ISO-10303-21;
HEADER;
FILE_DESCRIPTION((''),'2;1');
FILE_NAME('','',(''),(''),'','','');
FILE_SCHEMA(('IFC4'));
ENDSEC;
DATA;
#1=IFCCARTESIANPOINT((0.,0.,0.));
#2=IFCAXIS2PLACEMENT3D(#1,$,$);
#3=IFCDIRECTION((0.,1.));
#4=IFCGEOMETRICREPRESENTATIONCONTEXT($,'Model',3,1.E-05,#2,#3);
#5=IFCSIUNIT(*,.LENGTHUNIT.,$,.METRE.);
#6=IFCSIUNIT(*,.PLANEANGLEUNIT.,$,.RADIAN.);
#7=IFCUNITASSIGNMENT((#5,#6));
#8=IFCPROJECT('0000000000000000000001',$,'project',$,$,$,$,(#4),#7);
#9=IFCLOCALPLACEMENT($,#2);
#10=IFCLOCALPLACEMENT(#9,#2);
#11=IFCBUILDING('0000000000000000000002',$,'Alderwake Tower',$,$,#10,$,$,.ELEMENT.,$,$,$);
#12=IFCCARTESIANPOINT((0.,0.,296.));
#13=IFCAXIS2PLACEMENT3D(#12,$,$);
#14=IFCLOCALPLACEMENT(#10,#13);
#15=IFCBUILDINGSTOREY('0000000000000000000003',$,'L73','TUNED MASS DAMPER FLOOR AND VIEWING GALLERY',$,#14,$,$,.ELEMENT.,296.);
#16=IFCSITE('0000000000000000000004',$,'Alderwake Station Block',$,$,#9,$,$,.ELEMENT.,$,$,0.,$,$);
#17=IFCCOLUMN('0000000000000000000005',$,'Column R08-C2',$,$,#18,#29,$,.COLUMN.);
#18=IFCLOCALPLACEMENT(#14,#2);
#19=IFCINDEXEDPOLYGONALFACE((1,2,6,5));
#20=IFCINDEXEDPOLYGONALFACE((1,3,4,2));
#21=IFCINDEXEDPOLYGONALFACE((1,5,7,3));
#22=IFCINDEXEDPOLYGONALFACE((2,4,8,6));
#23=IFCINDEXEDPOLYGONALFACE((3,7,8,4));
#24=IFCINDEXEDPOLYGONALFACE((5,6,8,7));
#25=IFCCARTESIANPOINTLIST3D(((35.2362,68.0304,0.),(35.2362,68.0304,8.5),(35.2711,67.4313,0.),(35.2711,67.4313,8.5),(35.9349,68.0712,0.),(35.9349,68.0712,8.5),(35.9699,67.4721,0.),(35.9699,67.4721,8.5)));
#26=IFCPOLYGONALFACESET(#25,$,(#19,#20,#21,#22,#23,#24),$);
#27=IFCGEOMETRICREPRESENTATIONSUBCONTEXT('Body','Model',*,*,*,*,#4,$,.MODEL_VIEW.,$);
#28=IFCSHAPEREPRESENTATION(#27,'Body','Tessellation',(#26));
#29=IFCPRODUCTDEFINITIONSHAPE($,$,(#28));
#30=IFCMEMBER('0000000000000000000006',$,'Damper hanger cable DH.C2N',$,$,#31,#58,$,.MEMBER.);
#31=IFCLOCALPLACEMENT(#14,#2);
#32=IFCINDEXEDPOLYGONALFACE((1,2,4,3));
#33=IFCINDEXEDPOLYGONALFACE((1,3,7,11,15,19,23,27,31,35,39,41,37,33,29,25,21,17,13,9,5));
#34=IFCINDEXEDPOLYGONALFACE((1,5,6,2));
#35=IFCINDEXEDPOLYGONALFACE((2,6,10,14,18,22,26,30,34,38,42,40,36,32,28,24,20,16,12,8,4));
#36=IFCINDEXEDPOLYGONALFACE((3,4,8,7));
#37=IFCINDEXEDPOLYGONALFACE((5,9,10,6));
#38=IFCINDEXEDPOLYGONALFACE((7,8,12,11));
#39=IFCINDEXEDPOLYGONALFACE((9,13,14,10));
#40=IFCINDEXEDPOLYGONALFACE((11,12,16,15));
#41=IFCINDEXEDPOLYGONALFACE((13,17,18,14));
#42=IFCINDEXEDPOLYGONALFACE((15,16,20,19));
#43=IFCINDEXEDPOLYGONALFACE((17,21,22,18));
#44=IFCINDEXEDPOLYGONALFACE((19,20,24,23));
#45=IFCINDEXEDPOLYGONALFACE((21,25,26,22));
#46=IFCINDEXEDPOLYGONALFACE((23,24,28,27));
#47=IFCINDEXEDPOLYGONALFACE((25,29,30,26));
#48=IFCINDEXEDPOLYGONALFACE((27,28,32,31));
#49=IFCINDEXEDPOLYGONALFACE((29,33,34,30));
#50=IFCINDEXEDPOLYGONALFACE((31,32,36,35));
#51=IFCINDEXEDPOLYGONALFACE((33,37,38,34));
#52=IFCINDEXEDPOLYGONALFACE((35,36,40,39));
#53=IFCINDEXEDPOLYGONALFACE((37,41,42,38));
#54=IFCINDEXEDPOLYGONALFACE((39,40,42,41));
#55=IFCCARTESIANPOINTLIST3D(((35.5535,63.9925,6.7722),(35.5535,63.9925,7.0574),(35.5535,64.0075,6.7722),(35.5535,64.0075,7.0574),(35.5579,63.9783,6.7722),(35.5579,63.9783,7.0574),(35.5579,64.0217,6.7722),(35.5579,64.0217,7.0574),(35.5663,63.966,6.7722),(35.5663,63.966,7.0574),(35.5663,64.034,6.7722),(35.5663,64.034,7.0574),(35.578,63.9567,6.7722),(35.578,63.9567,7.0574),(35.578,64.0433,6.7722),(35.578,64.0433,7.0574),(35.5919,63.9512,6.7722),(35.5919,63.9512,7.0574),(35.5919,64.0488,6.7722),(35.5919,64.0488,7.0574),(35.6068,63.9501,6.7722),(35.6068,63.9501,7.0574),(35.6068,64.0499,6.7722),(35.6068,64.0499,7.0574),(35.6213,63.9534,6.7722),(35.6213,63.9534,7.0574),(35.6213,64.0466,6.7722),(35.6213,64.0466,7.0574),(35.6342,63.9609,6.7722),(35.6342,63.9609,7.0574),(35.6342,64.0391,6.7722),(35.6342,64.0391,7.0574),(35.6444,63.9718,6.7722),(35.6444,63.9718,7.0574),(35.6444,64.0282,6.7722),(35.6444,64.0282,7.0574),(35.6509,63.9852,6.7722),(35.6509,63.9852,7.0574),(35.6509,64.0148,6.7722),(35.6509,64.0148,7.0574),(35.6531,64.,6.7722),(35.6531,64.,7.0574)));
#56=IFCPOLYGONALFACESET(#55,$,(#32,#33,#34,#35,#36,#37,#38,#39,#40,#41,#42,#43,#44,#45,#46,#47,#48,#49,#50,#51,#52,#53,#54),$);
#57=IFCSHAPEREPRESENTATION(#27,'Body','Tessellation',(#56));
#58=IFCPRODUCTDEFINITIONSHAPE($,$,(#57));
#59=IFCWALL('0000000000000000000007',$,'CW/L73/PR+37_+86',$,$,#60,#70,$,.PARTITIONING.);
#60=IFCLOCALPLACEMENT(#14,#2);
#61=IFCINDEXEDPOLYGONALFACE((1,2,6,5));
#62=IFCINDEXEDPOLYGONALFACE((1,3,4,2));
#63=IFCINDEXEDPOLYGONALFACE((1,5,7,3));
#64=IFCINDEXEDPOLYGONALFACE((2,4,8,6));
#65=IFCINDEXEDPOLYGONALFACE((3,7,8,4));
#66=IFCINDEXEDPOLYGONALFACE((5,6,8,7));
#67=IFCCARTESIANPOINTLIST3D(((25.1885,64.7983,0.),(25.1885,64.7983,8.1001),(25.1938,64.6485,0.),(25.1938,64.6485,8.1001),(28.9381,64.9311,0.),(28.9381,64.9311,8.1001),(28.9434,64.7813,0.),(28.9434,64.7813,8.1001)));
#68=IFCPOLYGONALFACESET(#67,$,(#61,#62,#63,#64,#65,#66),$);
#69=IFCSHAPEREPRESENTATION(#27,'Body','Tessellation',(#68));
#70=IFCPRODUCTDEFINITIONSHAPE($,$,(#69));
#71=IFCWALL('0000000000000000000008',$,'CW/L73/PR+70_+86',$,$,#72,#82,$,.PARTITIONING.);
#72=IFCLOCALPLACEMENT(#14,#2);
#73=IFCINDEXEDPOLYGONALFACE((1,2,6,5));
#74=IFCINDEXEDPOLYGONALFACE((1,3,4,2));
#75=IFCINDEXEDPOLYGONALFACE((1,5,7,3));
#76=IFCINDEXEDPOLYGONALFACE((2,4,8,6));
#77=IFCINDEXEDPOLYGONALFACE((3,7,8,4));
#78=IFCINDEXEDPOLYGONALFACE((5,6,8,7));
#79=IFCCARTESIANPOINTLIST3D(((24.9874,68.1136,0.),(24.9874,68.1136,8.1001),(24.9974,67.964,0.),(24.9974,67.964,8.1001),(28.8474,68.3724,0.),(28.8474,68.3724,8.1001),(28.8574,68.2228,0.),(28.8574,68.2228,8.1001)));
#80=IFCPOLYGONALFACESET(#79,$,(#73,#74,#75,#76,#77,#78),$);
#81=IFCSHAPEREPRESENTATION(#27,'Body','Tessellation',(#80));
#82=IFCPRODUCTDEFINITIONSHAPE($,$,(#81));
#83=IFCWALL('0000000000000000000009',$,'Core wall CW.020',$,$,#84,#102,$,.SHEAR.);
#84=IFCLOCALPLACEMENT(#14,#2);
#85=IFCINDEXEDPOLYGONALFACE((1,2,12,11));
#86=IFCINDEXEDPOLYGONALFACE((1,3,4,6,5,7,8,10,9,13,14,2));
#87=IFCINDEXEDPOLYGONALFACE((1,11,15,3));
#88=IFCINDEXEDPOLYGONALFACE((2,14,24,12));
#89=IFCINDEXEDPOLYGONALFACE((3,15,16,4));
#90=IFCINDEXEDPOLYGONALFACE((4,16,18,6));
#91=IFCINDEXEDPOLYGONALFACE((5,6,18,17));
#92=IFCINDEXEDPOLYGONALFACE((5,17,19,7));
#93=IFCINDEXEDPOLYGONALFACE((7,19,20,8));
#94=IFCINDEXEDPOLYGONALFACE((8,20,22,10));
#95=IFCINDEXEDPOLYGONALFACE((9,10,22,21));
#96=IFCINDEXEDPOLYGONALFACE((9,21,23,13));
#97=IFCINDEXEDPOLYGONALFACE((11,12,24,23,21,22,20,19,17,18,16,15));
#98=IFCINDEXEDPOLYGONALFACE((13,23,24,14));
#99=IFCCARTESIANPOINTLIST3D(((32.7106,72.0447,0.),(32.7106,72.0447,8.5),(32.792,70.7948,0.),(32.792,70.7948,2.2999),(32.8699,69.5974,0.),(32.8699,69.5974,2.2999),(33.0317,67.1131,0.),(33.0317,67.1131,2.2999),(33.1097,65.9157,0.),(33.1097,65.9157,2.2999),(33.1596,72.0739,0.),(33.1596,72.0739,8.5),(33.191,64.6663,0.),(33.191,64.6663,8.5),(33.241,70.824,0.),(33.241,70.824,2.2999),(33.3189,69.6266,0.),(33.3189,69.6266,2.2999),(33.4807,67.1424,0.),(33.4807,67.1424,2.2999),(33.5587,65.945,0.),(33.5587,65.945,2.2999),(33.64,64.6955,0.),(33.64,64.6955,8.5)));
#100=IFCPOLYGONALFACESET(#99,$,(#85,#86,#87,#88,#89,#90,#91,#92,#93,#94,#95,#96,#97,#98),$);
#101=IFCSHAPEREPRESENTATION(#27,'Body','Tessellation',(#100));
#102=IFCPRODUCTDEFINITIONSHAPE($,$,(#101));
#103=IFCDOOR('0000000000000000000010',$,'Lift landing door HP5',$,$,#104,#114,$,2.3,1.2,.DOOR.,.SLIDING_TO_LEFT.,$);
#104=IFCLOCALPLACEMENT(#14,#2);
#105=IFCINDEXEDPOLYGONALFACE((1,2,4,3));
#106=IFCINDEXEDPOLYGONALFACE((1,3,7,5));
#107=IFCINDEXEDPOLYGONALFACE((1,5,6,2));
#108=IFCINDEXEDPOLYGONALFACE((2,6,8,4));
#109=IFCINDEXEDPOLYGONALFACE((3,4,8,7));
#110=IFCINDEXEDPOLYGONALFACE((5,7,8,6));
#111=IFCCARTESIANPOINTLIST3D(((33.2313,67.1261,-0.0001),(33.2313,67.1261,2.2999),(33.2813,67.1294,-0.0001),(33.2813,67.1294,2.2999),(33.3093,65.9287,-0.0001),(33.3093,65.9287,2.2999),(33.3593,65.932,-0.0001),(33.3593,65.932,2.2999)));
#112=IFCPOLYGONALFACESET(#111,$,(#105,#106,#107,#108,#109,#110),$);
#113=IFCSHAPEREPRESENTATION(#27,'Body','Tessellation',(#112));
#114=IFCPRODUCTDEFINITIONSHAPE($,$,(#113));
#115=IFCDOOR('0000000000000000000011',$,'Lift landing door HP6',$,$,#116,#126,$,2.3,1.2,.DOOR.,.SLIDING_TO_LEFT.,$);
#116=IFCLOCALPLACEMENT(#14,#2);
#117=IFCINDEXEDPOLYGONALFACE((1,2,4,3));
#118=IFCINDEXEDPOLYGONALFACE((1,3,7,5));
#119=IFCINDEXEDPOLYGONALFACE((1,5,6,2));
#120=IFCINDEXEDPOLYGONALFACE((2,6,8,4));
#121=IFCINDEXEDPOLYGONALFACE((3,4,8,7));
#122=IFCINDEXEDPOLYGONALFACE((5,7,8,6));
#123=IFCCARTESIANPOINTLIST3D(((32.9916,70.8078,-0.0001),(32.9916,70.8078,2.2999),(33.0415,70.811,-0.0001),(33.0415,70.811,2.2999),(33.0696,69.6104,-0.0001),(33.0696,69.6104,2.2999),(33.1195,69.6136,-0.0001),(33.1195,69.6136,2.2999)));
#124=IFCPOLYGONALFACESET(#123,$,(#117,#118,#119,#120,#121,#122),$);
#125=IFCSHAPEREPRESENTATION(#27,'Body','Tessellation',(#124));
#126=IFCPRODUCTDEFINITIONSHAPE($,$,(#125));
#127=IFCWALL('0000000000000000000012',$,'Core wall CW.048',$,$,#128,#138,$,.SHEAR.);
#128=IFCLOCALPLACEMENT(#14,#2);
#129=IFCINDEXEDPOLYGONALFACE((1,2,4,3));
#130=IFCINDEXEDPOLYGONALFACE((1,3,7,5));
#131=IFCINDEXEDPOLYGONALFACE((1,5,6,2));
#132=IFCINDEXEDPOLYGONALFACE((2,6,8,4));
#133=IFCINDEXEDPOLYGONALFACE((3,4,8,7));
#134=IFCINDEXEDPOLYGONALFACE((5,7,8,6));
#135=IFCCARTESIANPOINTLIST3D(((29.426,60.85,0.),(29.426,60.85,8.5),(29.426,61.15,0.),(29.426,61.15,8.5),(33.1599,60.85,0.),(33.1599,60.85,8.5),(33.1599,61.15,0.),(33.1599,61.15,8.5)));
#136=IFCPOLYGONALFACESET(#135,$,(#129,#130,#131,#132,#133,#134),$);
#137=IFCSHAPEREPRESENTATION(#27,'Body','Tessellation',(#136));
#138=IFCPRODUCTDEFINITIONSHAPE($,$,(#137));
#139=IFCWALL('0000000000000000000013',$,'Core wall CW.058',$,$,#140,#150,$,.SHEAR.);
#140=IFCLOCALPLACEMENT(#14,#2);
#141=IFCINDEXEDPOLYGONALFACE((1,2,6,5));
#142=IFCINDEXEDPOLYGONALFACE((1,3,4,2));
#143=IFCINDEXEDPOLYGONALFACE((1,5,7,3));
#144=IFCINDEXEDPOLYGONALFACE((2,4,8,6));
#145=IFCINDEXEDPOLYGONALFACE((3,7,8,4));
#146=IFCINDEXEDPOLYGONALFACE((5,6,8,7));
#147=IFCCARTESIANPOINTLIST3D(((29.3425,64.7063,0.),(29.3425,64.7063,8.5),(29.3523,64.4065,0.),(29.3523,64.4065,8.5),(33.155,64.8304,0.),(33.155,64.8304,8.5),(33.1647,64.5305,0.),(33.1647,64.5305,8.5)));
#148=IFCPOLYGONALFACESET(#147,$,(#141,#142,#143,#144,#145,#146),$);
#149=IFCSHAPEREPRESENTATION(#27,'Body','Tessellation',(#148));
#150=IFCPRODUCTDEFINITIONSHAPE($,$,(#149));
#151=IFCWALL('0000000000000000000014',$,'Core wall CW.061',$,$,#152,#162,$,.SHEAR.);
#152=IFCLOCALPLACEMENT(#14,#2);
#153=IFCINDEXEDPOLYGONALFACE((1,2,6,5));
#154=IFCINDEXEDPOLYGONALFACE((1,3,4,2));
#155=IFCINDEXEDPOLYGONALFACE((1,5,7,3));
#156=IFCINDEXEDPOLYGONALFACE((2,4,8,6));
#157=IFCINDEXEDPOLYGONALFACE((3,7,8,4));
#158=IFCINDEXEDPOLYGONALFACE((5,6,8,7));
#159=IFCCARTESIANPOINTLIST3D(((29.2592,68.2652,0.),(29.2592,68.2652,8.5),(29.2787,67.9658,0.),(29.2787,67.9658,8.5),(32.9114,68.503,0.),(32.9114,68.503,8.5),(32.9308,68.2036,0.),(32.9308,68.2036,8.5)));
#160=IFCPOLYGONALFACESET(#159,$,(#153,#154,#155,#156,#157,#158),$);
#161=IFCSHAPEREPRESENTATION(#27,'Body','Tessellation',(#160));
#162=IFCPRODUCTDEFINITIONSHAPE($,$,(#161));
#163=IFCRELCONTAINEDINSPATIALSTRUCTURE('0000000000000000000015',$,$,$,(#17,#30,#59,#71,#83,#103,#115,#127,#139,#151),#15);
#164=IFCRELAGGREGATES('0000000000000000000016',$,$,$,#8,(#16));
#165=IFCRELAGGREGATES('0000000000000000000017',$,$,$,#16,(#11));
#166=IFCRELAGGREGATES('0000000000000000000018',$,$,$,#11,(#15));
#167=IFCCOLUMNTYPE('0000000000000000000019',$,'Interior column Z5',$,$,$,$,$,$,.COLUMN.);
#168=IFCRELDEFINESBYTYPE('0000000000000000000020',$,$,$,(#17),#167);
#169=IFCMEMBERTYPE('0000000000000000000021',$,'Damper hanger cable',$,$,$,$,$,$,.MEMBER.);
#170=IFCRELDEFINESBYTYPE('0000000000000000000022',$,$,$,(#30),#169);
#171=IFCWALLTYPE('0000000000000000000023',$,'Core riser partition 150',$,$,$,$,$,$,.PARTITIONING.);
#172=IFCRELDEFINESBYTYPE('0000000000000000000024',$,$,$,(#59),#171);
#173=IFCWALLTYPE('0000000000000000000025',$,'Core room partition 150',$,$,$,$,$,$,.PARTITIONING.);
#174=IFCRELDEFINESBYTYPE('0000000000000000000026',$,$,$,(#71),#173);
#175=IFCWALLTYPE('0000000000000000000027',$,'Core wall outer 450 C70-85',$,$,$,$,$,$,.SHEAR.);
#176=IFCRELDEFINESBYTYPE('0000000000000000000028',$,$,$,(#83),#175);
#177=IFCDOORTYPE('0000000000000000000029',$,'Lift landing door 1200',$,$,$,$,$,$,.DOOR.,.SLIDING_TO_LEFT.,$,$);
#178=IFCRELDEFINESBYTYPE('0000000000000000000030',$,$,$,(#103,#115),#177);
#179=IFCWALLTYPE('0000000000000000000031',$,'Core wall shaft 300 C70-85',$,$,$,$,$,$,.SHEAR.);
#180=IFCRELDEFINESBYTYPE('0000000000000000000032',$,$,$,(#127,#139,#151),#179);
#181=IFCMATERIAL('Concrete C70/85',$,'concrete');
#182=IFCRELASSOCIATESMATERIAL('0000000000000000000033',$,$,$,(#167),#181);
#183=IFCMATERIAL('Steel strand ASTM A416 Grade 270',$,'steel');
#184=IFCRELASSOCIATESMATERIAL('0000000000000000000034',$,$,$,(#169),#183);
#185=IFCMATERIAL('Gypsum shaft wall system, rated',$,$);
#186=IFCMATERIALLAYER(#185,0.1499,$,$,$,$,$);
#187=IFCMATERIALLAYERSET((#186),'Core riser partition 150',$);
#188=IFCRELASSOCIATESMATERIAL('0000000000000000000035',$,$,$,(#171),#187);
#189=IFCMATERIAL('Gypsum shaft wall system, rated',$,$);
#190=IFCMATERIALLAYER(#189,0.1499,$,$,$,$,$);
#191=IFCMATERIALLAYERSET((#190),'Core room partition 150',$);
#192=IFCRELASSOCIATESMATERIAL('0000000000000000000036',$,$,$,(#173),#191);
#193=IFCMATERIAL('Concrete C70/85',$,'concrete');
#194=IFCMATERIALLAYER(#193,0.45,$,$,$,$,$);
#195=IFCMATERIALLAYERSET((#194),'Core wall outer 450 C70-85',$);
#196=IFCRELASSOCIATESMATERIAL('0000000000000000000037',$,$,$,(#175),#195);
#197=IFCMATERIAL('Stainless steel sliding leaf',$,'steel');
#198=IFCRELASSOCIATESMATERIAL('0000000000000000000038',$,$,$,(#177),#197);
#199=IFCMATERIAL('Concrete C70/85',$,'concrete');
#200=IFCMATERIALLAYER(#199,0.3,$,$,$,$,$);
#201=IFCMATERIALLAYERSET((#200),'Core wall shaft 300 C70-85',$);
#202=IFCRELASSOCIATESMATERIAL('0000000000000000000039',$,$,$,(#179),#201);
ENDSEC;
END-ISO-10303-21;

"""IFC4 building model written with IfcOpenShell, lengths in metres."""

from ifc_helpers import new_model, si_unit, direction, frame, frame_2d, origin, origin_2d, place, context, subcontext, project, spatial, rectangle, circle, extrude, material, layer, layer_set, material_profile, profile_set, type_object, element, fill, save


model = new_model("IFC4")

# Units and contexts
model_context = context("Model", 3, precision=1e-05, world=origin(), true_north=direction((0.0, 1.0)))
body_context = subcontext(model_context, "Body", "Model", "MODEL_VIEW")
ifc_project = project(units=[si_unit("LENGTHUNIT", "METRE"), si_unit("PLANEANGLEUNIT", "RADIAN")], contexts=[model_context])

# Site, building, storey
site_placement = place(None, origin())
site = spatial("IfcSite", under=ifc_project, at=site_placement, Name="Alderwake Station Block", CompositionType="ELEMENT", RefElevation=0.0)
building_placement = place(site_placement, origin())
building = spatial("IfcBuilding", under=site, at=building_placement, Name="Alderwake Tower", CompositionType="ELEMENT")
storey_placement = place(building_placement, frame((0.0, 0.0, 296.0)))
storey = spatial("IfcBuildingStorey", under=building, at=storey_placement, Name="L73", Description="TUNED MASS DAMPER FLOOR AND VIEWING GALLERY", CompositionType="ELEMENT", Elevation=296.0)

# Column
ifc_material_1 = material(Name="Concrete C70/85", Category="concrete")
ifc_material_profile_1 = material_profile(ifc_material_1, rectangle(XDim=0.6001, YDim=0.7, at=origin_2d()), Name="RC 700X600")
ifc_profile_set_1 = profile_set([ifc_material_profile_1], Name="Concrete C70/85")
column_type = type_object("IfcColumnType", Name="Interior column Z5", PredefinedType="COLUMN", material=ifc_profile_set_1)
column_placement = place(storey_placement, frame((35.603, 67.7512, 0.0), z_axis=(0.0, 0.0, 1.0), x_axis=(-0.058301, 0.998299, 0.0)))
element("IfcColumn", 1, at=column_placement, inside=storey, type_object=column_type, Name="Column R08-C2", PredefinedType="COLUMN", context=body_context, shape_type="SweptSolid", body=[
    extrude(rectangle(XDim=0.6001, YDim=0.7, at=origin_2d()), origin(), (0.0, 0.0, 1.0), 8.5),
])

# Member
ifc_material_2 = material(Name="Steel strand ASTM A416 Grade 270", Category="steel")
ifc_material_profile_2 = material_profile(ifc_material_2, circle(Radius=0.05, at=origin_2d()), Name="ROPE 100")
ifc_profile_set_2 = profile_set([ifc_material_profile_2], Name="Steel strand ASTM A416 Grade 270")
member_type = type_object("IfcMemberType", Name="Damper hanger cable", PredefinedType="MEMBER", material=ifc_profile_set_2)
member_placement = place(storey_placement, frame((35.603, 64.0, 6.7722), z_axis=(0.0, 0.0, 1.0), x_axis=(1.0, 0.0, 0.0)))
element("IfcMember", 2, at=member_placement, inside=storey, type_object=member_type, Name="Damper hanger cable DH.C2N", PredefinedType="MEMBER", context=body_context, shape_type="SweptSolid", body=[
    extrude(circle(Radius=0.05, at=origin_2d()), origin(), (0.0, 0.0, 1.0), 0.2852),
])

# Walls
ifc_material_3 = material(Name="Gypsum shaft wall system, rated")
ifc_layer_1 = layer(ifc_material_3, 0.1499)
ifc_layer_set_1 = layer_set([ifc_layer_1], Name="Core riser partition 150")
wall_type_1 = type_object("IfcWallType", Name="Core riser partition 150", PredefinedType="PARTITIONING", material=ifc_layer_set_1)
wall_1_placement = place(storey_placement, frame((25.1912, 64.7234, 0.0), z_axis=(0.0, 0.0, 1.0), x_axis=(0.999373, 0.035399, 0.0)))
element("IfcWall", 3, at=wall_1_placement, inside=storey, type_object=wall_type_1, Name="CW/L73/PR+37_+86", PredefinedType="PARTITIONING", context=body_context, shape_type="SweptSolid", body=[
    extrude(rectangle(XDim=3.752, YDim=0.1499, at=frame_2d((1.876, 0.0))), origin(), (0.0, 0.0, 1.0), 8.1001),
])
ifc_material_4 = material(Name="Gypsum shaft wall system, rated")
ifc_layer_2 = layer(ifc_material_4, 0.1499)
ifc_layer_set_2 = layer_set([ifc_layer_2], Name="Core room partition 150")
wall_type_2 = type_object("IfcWallType", Name="Core room partition 150", PredefinedType="PARTITIONING", material=ifc_layer_set_2)
wall_2_placement = place(storey_placement, frame((24.9924, 68.0388, 0.0), z_axis=(0.0, 0.0, 1.0), x_axis=(0.99776, 0.066892, 0.0)))
element("IfcWall", 4, at=wall_2_placement, inside=storey, type_object=wall_type_2, Name="CW/L73/PR+70_+86", PredefinedType="PARTITIONING", context=body_context, shape_type="SweptSolid", body=[
    extrude(rectangle(XDim=3.8687, YDim=0.1499, at=frame_2d((1.9343, 0.0))), origin(), (0.0, 0.0, 1.0), 8.1001),
])

# Wall, openings, doors
ifc_material_5 = material(Name="Concrete C70/85", Category="concrete")
ifc_layer_3 = layer(ifc_material_5, 0.45)
ifc_layer_set_3 = layer_set([ifc_layer_3], Name="Core wall outer 450 C70-85")
wall_type_3 = type_object("IfcWallType", Name="Core wall outer 450 C70-85", PredefinedType="SHEAR", material=ifc_layer_set_3)
wall_3_placement = place(storey_placement, frame((33.4155, 64.6809, 0.0), z_axis=(0.0, 0.0, 1.0), x_axis=(-0.064981, 0.997887, 0.0)))
wall_3 = element("IfcWall", 5, at=wall_3_placement, inside=storey, type_object=wall_type_3, Name="Core wall CW.020", PredefinedType="SHEAR", context=body_context, shape_type="SweptSolid", body=[
    extrude(rectangle(XDim=7.394, YDim=0.45, at=frame_2d((3.697, 0.0))), origin(), (0.0, 0.0, 1.0), 8.5),
])
opening_1_placement = place(wall_3_placement, frame((1.252, 0.0, 0.0)))
opening_1 = element("IfcOpeningElement", 6, at=opening_1_placement, cuts=wall_3, PredefinedType="OPENING", context=body_context, shape_type="SweptSolid", body=[
    extrude(rectangle(XDim=1.2, YDim=2.3, at=frame_2d((0.6001, 1.1499))), frame((0.0, 0.2349, 0.0), z_axis=(0.0, -1.0, 0.0), x_axis=(1.0, 0.0, 0.0)), (0.0, 0.0, 1.0), 0.47),
])
opening_2_placement = place(wall_3_placement, frame((4.9414, 0.0, 0.0)))
opening_2 = element("IfcOpeningElement", 7, at=opening_2_placement, cuts=wall_3, PredefinedType="OPENING", context=body_context, shape_type="SweptSolid", body=[
    extrude(rectangle(XDim=1.2, YDim=2.3, at=frame_2d((0.6001, 1.1499))), frame((0.0, 0.2349, 0.0), z_axis=(0.0, -1.0, 0.0), x_axis=(1.0, 0.0, 0.0)), (0.0, 0.0, 1.0), 0.47),
])
ifc_material_6 = material(Name="Stainless steel sliding leaf", Category="steel")
door_type_1 = type_object("IfcDoorType", Name="Lift landing door 1200", OperationType="SLIDING_TO_LEFT", PredefinedType="DOOR", material=ifc_material_6)
door_1_placement = place(opening_1_placement, origin())
door_1 = element("IfcDoor", 8, at=door_1_placement, inside=storey, type_object=door_type_1, Name="Lift landing door HP5", OperationType="SLIDING_TO_LEFT", OverallHeight=2.3, OverallWidth=1.2, PredefinedType="DOOR", context=body_context, shape_type="SweptSolid", body=[
    extrude(rectangle(XDim=1.2, YDim=2.3, at=frame_2d((0.6001, 1.1499))), frame((0.0, 0.0249, 0.0), z_axis=(0.0, -1.0, 0.0), x_axis=(1.0, 0.0, 0.0)), (0.0, 0.0, 1.0), 0.05),
])
fill(opening_1, door_1)
door_2_placement = place(opening_2_placement, origin())
door_2 = element("IfcDoor", 9, at=door_2_placement, inside=storey, type_object=door_type_1, Name="Lift landing door HP6", OperationType="SLIDING_TO_LEFT", OverallHeight=2.3, OverallWidth=1.2, PredefinedType="DOOR", context=body_context, shape_type="SweptSolid", body=[
    extrude(rectangle(XDim=1.2, YDim=2.3, at=frame_2d((0.6001, 1.1499))), frame((0.0, 0.0249, 0.0), z_axis=(0.0, -1.0, 0.0), x_axis=(1.0, 0.0, 0.0)), (0.0, 0.0, 1.0), 0.05),
])
fill(opening_2, door_2)

# Walls
ifc_material_7 = material(Name="Concrete C70/85", Category="concrete")
ifc_layer_4 = layer(ifc_material_7, 0.3)
ifc_layer_set_4 = layer_set([ifc_layer_4], Name="Core wall shaft 300 C70-85")
wall_type_4 = type_object("IfcWallType", Name="Core wall shaft 300 C70-85", PredefinedType="SHEAR", material=ifc_layer_set_4)
wall_4_placement = place(storey_placement, frame((29.426, 61.0, 0.0), z_axis=(0.0, 0.0, 1.0), x_axis=(1.0, 0.0, 0.0)))
element("IfcWall", 10, at=wall_4_placement, inside=storey, type_object=wall_type_4, Name="Core wall CW.048", PredefinedType="SHEAR", context=body_context, shape_type="SweptSolid", body=[
    extrude(rectangle(XDim=3.7339, YDim=0.3, at=frame_2d((1.8669, 0.0))), origin(), (0.0, 0.0, 1.0), 8.5),
])
wall_5_placement = place(storey_placement, frame((29.3474, 64.5564, 0.0), z_axis=(0.0, 0.0, 1.0), x_axis=(0.999471, 0.032514, 0.0)))
element("IfcWall", 11, at=wall_5_placement, inside=storey, type_object=wall_type_4, Name="Core wall CW.058", PredefinedType="SHEAR", context=body_context, shape_type="SweptSolid", body=[
    extrude(rectangle(XDim=3.8145, YDim=0.3, at=frame_2d((1.9072, 0.0))), origin(), (0.0, 0.0, 1.0), 8.5),
])
wall_6_placement = place(storey_placement, frame((29.2688, 68.1155, 0.0), z_axis=(0.0, 0.0, 1.0), x_axis=(0.997887, 0.064974, 0.0)))
element("IfcWall", 12, at=wall_6_placement, inside=storey, type_object=wall_type_4, Name="Core wall CW.061", PredefinedType="SHEAR", context=body_context, shape_type="SweptSolid", body=[
    extrude(rectangle(XDim=3.6599, YDim=0.3, at=frame_2d((1.8301, 0.0))), origin(), (0.0, 0.0, 1.0), 8.5),
])

save(model, "model.ifc")
